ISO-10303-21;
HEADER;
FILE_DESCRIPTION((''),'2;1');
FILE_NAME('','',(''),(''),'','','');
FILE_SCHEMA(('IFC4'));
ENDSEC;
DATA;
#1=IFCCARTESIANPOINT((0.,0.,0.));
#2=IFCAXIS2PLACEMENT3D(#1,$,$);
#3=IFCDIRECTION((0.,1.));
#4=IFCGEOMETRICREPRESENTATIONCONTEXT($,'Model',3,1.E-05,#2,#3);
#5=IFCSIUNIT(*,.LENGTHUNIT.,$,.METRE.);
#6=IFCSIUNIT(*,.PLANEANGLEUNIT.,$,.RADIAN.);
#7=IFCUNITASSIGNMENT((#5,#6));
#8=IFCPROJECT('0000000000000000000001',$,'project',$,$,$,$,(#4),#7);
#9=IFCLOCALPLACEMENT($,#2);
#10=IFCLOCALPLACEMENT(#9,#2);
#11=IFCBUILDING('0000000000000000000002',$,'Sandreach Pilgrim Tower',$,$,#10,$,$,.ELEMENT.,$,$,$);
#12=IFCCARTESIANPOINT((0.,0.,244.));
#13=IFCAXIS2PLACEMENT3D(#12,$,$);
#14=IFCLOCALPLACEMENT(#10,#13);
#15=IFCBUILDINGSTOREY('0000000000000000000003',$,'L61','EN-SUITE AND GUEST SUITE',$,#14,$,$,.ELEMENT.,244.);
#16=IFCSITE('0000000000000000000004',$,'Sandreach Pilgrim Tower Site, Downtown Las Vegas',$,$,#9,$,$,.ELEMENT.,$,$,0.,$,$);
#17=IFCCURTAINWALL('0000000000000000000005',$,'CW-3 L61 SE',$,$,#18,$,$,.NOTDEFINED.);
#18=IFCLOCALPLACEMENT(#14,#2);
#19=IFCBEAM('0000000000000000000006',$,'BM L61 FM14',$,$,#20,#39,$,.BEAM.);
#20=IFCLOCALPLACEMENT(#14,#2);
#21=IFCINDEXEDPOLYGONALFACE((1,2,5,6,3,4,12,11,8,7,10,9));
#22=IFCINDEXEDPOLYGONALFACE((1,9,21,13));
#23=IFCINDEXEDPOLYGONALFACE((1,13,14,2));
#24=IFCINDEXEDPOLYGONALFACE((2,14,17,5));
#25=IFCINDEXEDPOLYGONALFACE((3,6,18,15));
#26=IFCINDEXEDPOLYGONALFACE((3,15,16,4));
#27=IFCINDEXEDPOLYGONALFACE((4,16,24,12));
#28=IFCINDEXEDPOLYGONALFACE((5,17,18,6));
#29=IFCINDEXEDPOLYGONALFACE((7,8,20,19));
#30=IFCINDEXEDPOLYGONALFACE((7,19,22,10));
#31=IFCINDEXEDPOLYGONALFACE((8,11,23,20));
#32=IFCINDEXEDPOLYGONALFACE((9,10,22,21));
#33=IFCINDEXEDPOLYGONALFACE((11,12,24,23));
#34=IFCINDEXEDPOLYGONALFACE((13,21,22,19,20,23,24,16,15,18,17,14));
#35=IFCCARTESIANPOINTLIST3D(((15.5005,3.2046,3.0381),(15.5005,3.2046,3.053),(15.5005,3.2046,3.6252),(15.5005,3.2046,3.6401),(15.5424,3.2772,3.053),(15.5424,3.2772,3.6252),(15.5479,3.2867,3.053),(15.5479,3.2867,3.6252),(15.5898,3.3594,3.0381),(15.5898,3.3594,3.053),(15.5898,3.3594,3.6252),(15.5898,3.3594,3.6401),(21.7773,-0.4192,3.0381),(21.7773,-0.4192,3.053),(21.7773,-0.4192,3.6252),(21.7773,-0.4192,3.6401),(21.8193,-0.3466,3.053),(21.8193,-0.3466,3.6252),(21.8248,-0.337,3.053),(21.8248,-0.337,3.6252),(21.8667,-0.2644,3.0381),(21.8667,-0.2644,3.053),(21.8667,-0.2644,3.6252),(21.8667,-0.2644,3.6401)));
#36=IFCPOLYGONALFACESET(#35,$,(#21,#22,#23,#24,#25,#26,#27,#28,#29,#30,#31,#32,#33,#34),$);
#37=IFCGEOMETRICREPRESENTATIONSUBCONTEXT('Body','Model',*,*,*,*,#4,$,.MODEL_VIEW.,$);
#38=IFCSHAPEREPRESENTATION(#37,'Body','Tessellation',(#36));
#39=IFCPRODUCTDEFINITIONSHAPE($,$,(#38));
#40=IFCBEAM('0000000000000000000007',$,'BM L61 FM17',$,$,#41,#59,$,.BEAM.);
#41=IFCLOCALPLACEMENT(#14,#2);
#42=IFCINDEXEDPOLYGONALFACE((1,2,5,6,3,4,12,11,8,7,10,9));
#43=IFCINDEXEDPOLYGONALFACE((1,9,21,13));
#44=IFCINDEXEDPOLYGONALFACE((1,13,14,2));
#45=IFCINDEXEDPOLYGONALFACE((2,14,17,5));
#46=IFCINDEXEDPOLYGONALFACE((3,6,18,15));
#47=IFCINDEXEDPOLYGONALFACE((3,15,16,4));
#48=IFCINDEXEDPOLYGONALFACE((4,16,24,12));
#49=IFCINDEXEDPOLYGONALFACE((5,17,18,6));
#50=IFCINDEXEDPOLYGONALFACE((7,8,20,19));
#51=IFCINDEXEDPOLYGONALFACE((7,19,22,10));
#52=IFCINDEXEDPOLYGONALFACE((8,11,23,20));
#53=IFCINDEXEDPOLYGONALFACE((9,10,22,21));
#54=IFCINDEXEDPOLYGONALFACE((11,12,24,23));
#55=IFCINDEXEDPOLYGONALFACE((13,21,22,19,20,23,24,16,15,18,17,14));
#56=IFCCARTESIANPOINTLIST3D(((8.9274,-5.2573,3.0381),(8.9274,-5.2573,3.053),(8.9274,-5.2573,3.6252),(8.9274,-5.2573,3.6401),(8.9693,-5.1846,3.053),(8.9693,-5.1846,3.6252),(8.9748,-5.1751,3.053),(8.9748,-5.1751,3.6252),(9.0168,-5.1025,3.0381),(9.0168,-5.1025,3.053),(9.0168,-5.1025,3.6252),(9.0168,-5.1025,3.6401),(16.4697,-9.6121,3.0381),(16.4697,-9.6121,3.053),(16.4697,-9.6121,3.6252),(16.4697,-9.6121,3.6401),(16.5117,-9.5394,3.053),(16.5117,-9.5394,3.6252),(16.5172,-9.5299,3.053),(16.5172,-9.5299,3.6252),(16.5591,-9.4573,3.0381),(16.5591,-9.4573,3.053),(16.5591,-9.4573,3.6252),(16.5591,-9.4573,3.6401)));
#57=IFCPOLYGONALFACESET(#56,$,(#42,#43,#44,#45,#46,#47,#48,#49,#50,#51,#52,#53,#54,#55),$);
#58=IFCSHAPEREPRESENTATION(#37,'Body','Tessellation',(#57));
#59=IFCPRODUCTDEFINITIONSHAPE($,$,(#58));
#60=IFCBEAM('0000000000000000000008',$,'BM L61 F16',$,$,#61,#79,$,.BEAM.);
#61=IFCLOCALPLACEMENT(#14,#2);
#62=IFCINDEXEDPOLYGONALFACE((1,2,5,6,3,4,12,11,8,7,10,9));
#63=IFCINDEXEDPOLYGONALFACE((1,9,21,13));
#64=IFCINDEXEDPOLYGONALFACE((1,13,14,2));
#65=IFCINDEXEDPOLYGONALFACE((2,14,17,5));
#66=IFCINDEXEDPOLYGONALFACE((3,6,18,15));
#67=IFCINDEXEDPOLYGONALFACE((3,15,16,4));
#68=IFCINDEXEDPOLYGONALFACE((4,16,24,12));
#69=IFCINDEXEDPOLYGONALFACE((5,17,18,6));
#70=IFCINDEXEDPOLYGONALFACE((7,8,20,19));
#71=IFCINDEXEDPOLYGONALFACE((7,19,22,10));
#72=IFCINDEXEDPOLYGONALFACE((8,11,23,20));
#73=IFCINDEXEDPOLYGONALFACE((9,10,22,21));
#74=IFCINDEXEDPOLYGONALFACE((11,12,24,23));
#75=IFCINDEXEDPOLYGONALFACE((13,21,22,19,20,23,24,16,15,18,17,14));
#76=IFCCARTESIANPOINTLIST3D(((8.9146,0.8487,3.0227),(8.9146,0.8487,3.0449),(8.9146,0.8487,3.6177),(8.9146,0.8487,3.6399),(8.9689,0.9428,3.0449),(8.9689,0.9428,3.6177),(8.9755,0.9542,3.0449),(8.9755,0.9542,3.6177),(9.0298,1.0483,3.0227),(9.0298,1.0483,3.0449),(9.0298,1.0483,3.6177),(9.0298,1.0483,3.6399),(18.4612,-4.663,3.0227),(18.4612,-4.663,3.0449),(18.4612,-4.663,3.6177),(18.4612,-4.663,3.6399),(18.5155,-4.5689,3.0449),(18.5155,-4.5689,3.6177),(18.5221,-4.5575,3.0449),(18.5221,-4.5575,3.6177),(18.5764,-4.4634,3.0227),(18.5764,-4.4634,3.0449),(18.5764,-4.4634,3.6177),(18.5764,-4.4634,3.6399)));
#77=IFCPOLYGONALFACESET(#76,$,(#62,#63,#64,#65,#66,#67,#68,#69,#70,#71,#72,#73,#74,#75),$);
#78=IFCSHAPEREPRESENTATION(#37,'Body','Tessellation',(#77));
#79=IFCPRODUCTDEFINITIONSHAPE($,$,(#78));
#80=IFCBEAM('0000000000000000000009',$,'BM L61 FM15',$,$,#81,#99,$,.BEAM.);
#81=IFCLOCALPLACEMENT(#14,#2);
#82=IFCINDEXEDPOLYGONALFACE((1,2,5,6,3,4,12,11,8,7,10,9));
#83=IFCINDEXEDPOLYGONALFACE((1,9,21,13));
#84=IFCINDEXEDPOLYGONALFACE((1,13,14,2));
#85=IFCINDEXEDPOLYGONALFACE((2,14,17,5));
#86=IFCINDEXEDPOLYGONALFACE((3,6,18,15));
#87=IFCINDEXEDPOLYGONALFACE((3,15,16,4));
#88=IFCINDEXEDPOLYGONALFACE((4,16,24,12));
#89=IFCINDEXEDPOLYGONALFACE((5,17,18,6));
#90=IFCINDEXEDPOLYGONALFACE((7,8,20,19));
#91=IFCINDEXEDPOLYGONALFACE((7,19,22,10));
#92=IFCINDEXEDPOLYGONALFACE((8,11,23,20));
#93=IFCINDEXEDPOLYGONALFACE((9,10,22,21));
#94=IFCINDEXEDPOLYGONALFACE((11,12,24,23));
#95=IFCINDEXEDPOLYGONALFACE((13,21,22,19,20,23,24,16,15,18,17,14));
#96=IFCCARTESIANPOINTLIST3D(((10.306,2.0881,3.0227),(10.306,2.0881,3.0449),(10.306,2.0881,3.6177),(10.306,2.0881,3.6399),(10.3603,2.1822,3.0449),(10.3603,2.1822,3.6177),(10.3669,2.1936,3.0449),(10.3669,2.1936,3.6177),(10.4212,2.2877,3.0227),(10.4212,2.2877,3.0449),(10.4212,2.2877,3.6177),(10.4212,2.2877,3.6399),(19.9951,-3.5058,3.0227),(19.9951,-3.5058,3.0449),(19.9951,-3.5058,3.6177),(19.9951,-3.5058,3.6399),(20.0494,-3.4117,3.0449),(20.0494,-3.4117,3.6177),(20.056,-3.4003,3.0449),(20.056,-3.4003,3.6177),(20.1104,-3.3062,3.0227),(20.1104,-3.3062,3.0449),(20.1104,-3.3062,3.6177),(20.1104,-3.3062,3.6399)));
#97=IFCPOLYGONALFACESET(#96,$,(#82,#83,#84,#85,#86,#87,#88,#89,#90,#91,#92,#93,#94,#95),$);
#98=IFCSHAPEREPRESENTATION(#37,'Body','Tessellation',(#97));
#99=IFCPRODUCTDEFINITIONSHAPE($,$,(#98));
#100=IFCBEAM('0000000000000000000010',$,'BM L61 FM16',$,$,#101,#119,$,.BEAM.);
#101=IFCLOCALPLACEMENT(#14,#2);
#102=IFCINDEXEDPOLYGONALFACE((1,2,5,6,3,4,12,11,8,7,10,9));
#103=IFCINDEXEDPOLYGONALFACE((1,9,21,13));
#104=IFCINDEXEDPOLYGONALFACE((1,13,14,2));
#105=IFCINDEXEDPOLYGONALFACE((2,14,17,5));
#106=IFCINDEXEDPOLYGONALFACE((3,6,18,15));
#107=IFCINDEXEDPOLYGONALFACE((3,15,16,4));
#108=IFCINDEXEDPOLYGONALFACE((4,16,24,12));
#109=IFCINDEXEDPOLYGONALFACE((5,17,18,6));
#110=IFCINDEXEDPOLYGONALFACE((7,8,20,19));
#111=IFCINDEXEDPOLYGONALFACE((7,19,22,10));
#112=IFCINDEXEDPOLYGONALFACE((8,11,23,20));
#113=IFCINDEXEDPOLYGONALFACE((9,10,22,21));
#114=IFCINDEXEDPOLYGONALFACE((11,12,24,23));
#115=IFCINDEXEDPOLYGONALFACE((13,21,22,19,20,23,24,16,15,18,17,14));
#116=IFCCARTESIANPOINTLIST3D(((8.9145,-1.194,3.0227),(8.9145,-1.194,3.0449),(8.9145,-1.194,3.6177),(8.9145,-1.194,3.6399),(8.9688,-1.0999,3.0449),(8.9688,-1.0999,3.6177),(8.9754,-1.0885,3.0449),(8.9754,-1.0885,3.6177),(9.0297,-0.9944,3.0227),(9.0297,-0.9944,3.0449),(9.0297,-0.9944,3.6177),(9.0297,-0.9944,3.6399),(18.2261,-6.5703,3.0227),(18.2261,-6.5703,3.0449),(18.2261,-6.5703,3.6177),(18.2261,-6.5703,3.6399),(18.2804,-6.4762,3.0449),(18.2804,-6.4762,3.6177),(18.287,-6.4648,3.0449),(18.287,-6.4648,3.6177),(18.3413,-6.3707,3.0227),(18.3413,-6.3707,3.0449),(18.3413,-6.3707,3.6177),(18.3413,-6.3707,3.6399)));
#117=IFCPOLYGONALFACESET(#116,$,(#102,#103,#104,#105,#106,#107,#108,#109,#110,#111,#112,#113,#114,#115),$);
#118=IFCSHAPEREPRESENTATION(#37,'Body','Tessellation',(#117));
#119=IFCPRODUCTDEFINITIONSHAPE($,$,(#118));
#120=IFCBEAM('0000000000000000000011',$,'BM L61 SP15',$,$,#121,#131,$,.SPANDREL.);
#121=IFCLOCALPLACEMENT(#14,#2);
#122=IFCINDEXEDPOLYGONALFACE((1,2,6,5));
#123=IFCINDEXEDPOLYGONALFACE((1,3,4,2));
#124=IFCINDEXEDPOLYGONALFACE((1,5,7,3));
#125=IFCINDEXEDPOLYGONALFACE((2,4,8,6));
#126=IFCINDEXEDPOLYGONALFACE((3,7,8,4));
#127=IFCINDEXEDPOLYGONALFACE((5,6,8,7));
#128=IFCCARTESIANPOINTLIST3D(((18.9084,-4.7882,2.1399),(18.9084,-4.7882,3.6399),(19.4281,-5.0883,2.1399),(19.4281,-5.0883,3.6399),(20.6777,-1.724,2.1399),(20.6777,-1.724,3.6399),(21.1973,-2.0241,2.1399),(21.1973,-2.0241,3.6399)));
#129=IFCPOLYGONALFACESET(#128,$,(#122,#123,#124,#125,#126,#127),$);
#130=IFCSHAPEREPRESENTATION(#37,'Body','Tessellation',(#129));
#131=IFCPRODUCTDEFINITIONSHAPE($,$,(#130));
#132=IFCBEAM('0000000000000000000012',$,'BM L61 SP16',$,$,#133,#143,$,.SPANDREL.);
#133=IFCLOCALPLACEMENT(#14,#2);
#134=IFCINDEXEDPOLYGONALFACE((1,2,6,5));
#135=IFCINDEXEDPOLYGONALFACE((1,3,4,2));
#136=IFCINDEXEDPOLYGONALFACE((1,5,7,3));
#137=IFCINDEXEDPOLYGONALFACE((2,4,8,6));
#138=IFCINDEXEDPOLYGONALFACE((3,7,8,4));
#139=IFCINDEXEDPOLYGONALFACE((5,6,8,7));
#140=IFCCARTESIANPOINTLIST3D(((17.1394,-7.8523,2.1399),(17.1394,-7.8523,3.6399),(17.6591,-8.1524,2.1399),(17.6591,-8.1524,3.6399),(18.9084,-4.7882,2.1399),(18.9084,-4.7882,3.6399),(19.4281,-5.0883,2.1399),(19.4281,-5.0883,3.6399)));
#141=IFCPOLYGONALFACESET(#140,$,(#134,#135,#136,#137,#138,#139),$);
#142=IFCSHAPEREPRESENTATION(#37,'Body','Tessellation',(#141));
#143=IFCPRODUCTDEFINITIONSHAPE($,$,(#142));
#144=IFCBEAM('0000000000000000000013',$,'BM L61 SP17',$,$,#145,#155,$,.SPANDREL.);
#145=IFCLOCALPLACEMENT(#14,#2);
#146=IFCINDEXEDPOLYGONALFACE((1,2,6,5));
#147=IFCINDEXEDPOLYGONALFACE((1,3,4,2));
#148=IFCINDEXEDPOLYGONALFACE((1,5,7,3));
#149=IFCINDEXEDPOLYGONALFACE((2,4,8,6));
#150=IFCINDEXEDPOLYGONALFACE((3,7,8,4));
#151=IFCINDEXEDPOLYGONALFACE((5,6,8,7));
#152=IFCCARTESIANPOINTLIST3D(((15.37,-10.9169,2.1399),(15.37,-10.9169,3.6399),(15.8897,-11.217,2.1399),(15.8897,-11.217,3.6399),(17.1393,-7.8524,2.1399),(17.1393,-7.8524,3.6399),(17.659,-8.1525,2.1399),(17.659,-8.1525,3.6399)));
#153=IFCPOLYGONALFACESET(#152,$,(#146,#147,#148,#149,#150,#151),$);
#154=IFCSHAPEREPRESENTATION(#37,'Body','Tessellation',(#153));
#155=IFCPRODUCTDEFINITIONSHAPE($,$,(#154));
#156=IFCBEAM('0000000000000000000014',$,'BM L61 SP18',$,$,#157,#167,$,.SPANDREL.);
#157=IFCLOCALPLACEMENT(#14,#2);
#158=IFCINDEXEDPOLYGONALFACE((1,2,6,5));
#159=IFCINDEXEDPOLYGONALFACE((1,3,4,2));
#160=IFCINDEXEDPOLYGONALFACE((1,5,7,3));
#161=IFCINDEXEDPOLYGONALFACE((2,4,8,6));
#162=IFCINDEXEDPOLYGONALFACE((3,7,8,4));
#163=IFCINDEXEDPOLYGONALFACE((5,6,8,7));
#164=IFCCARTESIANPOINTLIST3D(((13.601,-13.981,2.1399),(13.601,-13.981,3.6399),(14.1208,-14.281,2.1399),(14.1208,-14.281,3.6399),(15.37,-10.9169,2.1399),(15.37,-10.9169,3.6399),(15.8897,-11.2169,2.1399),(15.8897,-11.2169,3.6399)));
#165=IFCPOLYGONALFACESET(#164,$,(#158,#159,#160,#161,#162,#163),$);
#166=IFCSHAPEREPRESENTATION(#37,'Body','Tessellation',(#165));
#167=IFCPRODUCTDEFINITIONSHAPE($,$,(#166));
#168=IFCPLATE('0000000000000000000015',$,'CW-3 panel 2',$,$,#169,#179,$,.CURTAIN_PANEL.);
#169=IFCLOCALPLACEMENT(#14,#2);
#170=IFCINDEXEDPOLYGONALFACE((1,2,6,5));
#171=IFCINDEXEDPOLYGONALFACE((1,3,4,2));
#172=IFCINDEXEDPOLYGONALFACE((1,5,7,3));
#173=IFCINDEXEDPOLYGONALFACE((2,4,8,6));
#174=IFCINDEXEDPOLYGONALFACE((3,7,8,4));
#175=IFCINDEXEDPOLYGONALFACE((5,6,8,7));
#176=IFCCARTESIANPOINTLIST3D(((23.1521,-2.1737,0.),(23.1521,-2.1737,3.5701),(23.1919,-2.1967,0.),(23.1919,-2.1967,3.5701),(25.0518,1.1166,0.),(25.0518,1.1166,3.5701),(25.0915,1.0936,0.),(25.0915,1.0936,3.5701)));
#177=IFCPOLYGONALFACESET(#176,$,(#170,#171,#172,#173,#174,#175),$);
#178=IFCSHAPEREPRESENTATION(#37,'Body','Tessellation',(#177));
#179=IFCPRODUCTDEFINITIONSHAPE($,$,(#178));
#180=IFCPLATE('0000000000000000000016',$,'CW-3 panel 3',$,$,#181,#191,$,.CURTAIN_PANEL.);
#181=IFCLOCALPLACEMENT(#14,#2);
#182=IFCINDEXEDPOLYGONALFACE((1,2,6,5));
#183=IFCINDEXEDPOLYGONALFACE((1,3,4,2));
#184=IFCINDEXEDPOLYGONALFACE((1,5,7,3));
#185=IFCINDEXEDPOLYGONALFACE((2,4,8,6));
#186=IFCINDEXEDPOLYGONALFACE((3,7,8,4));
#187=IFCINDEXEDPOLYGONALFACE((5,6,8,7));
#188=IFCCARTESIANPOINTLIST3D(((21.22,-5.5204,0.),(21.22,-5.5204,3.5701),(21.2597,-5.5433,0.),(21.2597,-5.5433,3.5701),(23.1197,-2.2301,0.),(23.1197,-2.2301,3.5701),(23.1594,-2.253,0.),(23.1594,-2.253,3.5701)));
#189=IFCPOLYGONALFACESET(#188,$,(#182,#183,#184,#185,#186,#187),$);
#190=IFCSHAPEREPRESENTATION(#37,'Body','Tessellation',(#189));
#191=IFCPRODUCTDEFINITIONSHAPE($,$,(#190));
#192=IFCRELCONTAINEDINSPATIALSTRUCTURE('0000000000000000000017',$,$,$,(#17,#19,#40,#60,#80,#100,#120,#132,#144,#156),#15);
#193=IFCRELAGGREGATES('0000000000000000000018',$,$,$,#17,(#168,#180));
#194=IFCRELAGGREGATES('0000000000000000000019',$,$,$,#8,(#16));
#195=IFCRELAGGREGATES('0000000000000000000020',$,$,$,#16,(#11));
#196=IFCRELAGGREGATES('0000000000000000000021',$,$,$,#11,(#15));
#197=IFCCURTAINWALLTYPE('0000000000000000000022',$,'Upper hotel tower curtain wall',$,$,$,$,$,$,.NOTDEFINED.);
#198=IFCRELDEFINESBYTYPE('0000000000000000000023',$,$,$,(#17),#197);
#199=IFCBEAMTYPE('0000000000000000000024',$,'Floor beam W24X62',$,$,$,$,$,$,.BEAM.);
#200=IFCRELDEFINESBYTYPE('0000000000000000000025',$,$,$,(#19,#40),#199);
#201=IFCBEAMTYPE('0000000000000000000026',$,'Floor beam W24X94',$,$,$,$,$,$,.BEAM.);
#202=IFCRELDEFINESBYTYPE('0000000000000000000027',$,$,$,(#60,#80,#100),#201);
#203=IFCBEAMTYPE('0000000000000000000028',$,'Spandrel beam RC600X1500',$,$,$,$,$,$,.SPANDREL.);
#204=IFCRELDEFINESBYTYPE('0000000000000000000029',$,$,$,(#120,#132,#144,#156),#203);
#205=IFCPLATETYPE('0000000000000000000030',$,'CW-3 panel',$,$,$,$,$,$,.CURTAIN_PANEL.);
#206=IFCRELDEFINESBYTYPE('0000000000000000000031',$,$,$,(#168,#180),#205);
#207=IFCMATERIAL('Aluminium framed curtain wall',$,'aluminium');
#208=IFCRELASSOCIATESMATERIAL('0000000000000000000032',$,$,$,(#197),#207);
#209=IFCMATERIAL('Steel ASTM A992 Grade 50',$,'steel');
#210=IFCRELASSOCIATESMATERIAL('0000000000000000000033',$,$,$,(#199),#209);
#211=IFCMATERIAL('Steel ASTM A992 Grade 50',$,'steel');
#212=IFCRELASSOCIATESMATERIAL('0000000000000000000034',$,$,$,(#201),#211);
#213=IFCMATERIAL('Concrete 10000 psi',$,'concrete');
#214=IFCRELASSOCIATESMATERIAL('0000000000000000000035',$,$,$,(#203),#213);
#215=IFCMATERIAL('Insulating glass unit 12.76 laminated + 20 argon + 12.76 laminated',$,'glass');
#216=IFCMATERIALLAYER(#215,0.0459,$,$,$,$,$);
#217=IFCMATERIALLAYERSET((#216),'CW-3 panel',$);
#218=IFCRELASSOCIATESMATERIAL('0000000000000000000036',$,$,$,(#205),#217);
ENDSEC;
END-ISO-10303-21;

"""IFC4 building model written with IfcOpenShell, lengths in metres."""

from ifc_helpers import new_model, si_unit, direction, frame, origin, origin_2d, place, context, subcontext, project, spatial, rectangle, i_section, extrude, material, layer, layer_set, material_profile, profile_set, type_object, element, aggregate, save


model = new_model("IFC4")

# Units and contexts
model_context = context("Model", 3, precision=1e-05, world=origin(), true_north=direction((0.0, 1.0)))
body_context = subcontext(model_context, "Body", "Model", "MODEL_VIEW")
ifc_project = project(units=[si_unit("LENGTHUNIT", "METRE"), si_unit("PLANEANGLEUNIT", "RADIAN")], contexts=[model_context])

# Site, building, storey
site_placement = place(None, origin())
site = spatial("IfcSite", under=ifc_project, at=site_placement, Name="Sandreach Pilgrim Tower Site, Downtown Las Vegas", CompositionType="ELEMENT", RefElevation=0.0)
building_placement = place(site_placement, origin())
building = spatial("IfcBuilding", under=site, at=building_placement, Name="Sandreach Pilgrim Tower", CompositionType="ELEMENT")
storey_placement = place(building_placement, frame((0.0, 0.0, 244.0)))
storey = spatial("IfcBuildingStorey", under=building, at=storey_placement, Name="L61", Description="EN-SUITE AND GUEST SUITE", CompositionType="ELEMENT", Elevation=244.0)

# Curtain wall
ifc_material_1 = material(Name="Aluminium framed curtain wall", Category="aluminium")
curtain_wall_type = type_object("IfcCurtainWallType", Name="Upper hotel tower curtain wall", PredefinedType="NOTDEFINED", material=ifc_material_1)
curtain_wall_placement = place(storey_placement, origin())
curtain_wall = element("IfcCurtainWall", 1, at=curtain_wall_placement, inside=storey, type_object=curtain_wall_type, Name="CW-3 L61 SE", PredefinedType="NOTDEFINED")

# Beams
ifc_material_2 = material(Name="Steel ASTM A992 Grade 50", Category="steel")
ifc_material_profile_1 = material_profile(ifc_material_2, i_section(OverallWidth=0.1787, OverallDepth=0.6021, WebThickness=0.011, FlangeThickness=0.0149, at=origin_2d()), Name="W24X62")
ifc_profile_set_1 = profile_set([ifc_material_profile_1], Name="Steel ASTM A992 Grade 50")
beam_type_1 = type_object("IfcBeamType", Name="Floor beam W24X62", PredefinedType="BEAM", material=ifc_profile_set_1)
beam_1_placement = place(storey_placement, frame((21.822, -0.3418, 3.3391), z_axis=(-0.866035, 0.499983, 0.0), x_axis=(-0.499983, -0.866035, 0.0)))
element("IfcBeam", 2, at=beam_1_placement, inside=storey, type_object=beam_type_1, Name="BM L61 FM14", PredefinedType="BEAM", context=body_context, shape_type="SweptSolid", body=[
    extrude(i_section(OverallWidth=0.1787, OverallDepth=0.6021, WebThickness=0.011, FlangeThickness=0.0149, at=origin_2d()), origin(), (0.0, 0.0, 1.0), 7.2478),
])
beam_2_placement = place(storey_placement, frame((16.5144, -9.5347, 3.3391), z_axis=(-0.866014, 0.500019, 0.0), x_axis=(-0.500019, -0.866014, 0.0)))
element("IfcBeam", 3, at=beam_2_placement, inside=storey, type_object=beam_type_1, Name="BM L61 FM17", PredefinedType="BEAM", context=body_context, shape_type="SweptSolid", body=[
    extrude(i_section(OverallWidth=0.1787, OverallDepth=0.6021, WebThickness=0.011, FlangeThickness=0.0149, at=origin_2d()), origin(), (0.0, 0.0, 1.0), 8.7092),
])
ifc_material_3 = material(Name="Steel ASTM A992 Grade 50", Category="steel")
ifc_material_profile_2 = material_profile(ifc_material_3, i_section(OverallWidth=0.2305, OverallDepth=0.6172, WebThickness=0.0132, FlangeThickness=0.0222, at=origin_2d()), Name="W24X94")
ifc_profile_set_2 = profile_set([ifc_material_profile_2], Name="Steel ASTM A992 Grade 50")
beam_type_2 = type_object("IfcBeamType", Name="Floor beam W24X94", PredefinedType="BEAM", material=ifc_profile_set_2)
beam_3_placement = place(storey_placement, frame((18.5188, -4.5632, 3.3313), z_axis=(-0.866027, 0.499998, 0.0), x_axis=(-0.499998, -0.866027, 0.0)))
element("IfcBeam", 4, at=beam_3_placement, inside=storey, type_object=beam_type_2, Name="BM L61 F16", PredefinedType="BEAM", context=body_context, shape_type="SweptSolid", body=[
    extrude(i_section(OverallWidth=0.2305, OverallDepth=0.6172, WebThickness=0.0132, FlangeThickness=0.0222, at=origin_2d()), origin(), (0.0, 0.0, 1.0), 11.0234),
])
beam_4_placement = place(storey_placement, frame((20.0527, -3.406, 3.3313), z_axis=(-0.866028, 0.499995, 0.0), x_axis=(-0.499995, -0.866028, 0.0)))
element("IfcBeam", 5, at=beam_4_placement, inside=storey, type_object=beam_type_2, Name="BM L61 FM15", PredefinedType="BEAM", context=body_context, shape_type="SweptSolid", body=[
    extrude(i_section(OverallWidth=0.2305, OverallDepth=0.6172, WebThickness=0.0132, FlangeThickness=0.0222, at=origin_2d()), origin(), (0.0, 0.0, 1.0), 11.188),
])
beam_5_placement = place(storey_placement, frame((18.2837, -6.4705, 3.3313), z_axis=(-0.866017, 0.500015, 0.0), x_axis=(-0.500015, -0.866017, 0.0)))
element("IfcBeam", 6, at=beam_5_placement, inside=storey, type_object=beam_type_2, Name="BM L61 FM16", PredefinedType="BEAM", context=body_context, shape_type="SweptSolid", body=[
    extrude(i_section(OverallWidth=0.2305, OverallDepth=0.6172, WebThickness=0.0132, FlangeThickness=0.0222, at=origin_2d()), origin(), (0.0, 0.0, 1.0), 10.7522),
])
ifc_material_4 = material(Name="Concrete 10000 psi", Category="concrete")
ifc_material_profile_3 = material_profile(ifc_material_4, rectangle(XDim=0.6001, YDim=1.5, at=origin_2d()), Name="RC600X1500")
ifc_profile_set_3 = profile_set([ifc_material_profile_3], Name="Concrete 10000 psi")
beam_type_3 = type_object("IfcBeamType", Name="Spandrel beam RC600X1500", PredefinedType="SPANDREL", material=ifc_profile_set_3)
beam_6_placement = place(storey_placement, frame((20.9375, -1.874, 2.8899), z_axis=(-0.500035, -0.866005, 0.0), x_axis=(0.866005, -0.500035, 0.0)))
element("IfcBeam", 7, at=beam_6_placement, inside=storey, type_object=beam_type_3, Name="BM L61 SP15", PredefinedType="SPANDREL", context=body_context, shape_type="SweptSolid", body=[
    extrude(rectangle(XDim=0.6001, YDim=1.5, at=origin_2d()), origin(), (0.0, 0.0, 1.0), 3.5383),
])
beam_7_placement = place(storey_placement, frame((19.1682, -4.9382, 2.8899), z_axis=(-0.499983, -0.866035, 0.0), x_axis=(0.866035, -0.499983, 0.0)))
element("IfcBeam", 8, at=beam_7_placement, inside=storey, type_object=beam_type_3, Name="BM L61 SP16", PredefinedType="SPANDREL", context=body_context, shape_type="SweptSolid", body=[
    extrude(rectangle(XDim=0.6001, YDim=1.5, at=origin_2d()), origin(), (0.0, 0.0, 1.0), 3.5381),
])
beam_8_placement = place(storey_placement, frame((17.3992, -8.0024, 2.8899), z_axis=(-0.500005, -0.866022, 0.0), x_axis=(0.866022, -0.500005, 0.0)))
element("IfcBeam", 9, at=beam_8_placement, inside=storey, type_object=beam_type_3, Name="BM L61 SP17", PredefinedType="SPANDREL", context=body_context, shape_type="SweptSolid", body=[
    extrude(rectangle(XDim=0.6001, YDim=1.5, at=origin_2d()), origin(), (0.0, 0.0, 1.0), 3.5386),
])
beam_9_placement = place(storey_placement, frame((15.6299, -11.0669, 2.8899), z_axis=(-0.499983, -0.866035, 0.0), x_axis=(0.866035, -0.499983, 0.0)))
element("IfcBeam", 10, at=beam_9_placement, inside=storey, type_object=beam_type_3, Name="BM L61 SP18", PredefinedType="SPANDREL", context=body_context, shape_type="SweptSolid", body=[
    extrude(rectangle(XDim=0.6001, YDim=1.5, at=origin_2d()), origin(), (0.0, 0.0, 1.0), 3.5381),
])

# Plates
ifc_material_5 = material(Name="Insulating glass unit 12.76 laminated + 20 argon + 12.76 laminated", Category="glass")
ifc_layer_1 = layer(ifc_material_5, 0.0459)
ifc_layer_set_1 = layer_set([ifc_layer_1], Name="CW-3 panel")
plate_type = type_object("IfcPlateType", Name="CW-3 panel", PredefinedType="CURTAIN_PANEL", material=ifc_layer_set_1)
plate_1_placement = place(storey_placement, frame((24.1218, -0.54, 0.0), z_axis=(0.0, 0.0, 1.0), x_axis=(-0.5, -0.866025, 0.0)))
plate_1 = element("IfcPlate", 11, at=plate_1_placement, type_object=plate_type, Name="CW-3 panel 2", PredefinedType="CURTAIN_PANEL", context=body_context, shape_type="SweptSolid", body=[
    extrude(rectangle(XDim=3.7993, YDim=0.0459, at=origin_2d()), origin(), (0.0, 0.0, 1.0), 3.5701),
])
plate_2_placement = place(storey_placement, frame((22.1897, -3.8867, 0.0), z_axis=(0.0, 0.0, 1.0), x_axis=(-0.5, -0.866025, 0.0)))
plate_2 = element("IfcPlate", 12, at=plate_2_placement, type_object=plate_type, Name="CW-3 panel 3", PredefinedType="CURTAIN_PANEL", context=body_context, shape_type="SweptSolid", body=[
    extrude(rectangle(XDim=3.7993, YDim=0.0459, at=origin_2d()), origin(), (0.0, 0.0, 1.0), 3.5701),
])
aggregate(curtain_wall, [plate_1, plate_2])

save(model, "model.ifc")
